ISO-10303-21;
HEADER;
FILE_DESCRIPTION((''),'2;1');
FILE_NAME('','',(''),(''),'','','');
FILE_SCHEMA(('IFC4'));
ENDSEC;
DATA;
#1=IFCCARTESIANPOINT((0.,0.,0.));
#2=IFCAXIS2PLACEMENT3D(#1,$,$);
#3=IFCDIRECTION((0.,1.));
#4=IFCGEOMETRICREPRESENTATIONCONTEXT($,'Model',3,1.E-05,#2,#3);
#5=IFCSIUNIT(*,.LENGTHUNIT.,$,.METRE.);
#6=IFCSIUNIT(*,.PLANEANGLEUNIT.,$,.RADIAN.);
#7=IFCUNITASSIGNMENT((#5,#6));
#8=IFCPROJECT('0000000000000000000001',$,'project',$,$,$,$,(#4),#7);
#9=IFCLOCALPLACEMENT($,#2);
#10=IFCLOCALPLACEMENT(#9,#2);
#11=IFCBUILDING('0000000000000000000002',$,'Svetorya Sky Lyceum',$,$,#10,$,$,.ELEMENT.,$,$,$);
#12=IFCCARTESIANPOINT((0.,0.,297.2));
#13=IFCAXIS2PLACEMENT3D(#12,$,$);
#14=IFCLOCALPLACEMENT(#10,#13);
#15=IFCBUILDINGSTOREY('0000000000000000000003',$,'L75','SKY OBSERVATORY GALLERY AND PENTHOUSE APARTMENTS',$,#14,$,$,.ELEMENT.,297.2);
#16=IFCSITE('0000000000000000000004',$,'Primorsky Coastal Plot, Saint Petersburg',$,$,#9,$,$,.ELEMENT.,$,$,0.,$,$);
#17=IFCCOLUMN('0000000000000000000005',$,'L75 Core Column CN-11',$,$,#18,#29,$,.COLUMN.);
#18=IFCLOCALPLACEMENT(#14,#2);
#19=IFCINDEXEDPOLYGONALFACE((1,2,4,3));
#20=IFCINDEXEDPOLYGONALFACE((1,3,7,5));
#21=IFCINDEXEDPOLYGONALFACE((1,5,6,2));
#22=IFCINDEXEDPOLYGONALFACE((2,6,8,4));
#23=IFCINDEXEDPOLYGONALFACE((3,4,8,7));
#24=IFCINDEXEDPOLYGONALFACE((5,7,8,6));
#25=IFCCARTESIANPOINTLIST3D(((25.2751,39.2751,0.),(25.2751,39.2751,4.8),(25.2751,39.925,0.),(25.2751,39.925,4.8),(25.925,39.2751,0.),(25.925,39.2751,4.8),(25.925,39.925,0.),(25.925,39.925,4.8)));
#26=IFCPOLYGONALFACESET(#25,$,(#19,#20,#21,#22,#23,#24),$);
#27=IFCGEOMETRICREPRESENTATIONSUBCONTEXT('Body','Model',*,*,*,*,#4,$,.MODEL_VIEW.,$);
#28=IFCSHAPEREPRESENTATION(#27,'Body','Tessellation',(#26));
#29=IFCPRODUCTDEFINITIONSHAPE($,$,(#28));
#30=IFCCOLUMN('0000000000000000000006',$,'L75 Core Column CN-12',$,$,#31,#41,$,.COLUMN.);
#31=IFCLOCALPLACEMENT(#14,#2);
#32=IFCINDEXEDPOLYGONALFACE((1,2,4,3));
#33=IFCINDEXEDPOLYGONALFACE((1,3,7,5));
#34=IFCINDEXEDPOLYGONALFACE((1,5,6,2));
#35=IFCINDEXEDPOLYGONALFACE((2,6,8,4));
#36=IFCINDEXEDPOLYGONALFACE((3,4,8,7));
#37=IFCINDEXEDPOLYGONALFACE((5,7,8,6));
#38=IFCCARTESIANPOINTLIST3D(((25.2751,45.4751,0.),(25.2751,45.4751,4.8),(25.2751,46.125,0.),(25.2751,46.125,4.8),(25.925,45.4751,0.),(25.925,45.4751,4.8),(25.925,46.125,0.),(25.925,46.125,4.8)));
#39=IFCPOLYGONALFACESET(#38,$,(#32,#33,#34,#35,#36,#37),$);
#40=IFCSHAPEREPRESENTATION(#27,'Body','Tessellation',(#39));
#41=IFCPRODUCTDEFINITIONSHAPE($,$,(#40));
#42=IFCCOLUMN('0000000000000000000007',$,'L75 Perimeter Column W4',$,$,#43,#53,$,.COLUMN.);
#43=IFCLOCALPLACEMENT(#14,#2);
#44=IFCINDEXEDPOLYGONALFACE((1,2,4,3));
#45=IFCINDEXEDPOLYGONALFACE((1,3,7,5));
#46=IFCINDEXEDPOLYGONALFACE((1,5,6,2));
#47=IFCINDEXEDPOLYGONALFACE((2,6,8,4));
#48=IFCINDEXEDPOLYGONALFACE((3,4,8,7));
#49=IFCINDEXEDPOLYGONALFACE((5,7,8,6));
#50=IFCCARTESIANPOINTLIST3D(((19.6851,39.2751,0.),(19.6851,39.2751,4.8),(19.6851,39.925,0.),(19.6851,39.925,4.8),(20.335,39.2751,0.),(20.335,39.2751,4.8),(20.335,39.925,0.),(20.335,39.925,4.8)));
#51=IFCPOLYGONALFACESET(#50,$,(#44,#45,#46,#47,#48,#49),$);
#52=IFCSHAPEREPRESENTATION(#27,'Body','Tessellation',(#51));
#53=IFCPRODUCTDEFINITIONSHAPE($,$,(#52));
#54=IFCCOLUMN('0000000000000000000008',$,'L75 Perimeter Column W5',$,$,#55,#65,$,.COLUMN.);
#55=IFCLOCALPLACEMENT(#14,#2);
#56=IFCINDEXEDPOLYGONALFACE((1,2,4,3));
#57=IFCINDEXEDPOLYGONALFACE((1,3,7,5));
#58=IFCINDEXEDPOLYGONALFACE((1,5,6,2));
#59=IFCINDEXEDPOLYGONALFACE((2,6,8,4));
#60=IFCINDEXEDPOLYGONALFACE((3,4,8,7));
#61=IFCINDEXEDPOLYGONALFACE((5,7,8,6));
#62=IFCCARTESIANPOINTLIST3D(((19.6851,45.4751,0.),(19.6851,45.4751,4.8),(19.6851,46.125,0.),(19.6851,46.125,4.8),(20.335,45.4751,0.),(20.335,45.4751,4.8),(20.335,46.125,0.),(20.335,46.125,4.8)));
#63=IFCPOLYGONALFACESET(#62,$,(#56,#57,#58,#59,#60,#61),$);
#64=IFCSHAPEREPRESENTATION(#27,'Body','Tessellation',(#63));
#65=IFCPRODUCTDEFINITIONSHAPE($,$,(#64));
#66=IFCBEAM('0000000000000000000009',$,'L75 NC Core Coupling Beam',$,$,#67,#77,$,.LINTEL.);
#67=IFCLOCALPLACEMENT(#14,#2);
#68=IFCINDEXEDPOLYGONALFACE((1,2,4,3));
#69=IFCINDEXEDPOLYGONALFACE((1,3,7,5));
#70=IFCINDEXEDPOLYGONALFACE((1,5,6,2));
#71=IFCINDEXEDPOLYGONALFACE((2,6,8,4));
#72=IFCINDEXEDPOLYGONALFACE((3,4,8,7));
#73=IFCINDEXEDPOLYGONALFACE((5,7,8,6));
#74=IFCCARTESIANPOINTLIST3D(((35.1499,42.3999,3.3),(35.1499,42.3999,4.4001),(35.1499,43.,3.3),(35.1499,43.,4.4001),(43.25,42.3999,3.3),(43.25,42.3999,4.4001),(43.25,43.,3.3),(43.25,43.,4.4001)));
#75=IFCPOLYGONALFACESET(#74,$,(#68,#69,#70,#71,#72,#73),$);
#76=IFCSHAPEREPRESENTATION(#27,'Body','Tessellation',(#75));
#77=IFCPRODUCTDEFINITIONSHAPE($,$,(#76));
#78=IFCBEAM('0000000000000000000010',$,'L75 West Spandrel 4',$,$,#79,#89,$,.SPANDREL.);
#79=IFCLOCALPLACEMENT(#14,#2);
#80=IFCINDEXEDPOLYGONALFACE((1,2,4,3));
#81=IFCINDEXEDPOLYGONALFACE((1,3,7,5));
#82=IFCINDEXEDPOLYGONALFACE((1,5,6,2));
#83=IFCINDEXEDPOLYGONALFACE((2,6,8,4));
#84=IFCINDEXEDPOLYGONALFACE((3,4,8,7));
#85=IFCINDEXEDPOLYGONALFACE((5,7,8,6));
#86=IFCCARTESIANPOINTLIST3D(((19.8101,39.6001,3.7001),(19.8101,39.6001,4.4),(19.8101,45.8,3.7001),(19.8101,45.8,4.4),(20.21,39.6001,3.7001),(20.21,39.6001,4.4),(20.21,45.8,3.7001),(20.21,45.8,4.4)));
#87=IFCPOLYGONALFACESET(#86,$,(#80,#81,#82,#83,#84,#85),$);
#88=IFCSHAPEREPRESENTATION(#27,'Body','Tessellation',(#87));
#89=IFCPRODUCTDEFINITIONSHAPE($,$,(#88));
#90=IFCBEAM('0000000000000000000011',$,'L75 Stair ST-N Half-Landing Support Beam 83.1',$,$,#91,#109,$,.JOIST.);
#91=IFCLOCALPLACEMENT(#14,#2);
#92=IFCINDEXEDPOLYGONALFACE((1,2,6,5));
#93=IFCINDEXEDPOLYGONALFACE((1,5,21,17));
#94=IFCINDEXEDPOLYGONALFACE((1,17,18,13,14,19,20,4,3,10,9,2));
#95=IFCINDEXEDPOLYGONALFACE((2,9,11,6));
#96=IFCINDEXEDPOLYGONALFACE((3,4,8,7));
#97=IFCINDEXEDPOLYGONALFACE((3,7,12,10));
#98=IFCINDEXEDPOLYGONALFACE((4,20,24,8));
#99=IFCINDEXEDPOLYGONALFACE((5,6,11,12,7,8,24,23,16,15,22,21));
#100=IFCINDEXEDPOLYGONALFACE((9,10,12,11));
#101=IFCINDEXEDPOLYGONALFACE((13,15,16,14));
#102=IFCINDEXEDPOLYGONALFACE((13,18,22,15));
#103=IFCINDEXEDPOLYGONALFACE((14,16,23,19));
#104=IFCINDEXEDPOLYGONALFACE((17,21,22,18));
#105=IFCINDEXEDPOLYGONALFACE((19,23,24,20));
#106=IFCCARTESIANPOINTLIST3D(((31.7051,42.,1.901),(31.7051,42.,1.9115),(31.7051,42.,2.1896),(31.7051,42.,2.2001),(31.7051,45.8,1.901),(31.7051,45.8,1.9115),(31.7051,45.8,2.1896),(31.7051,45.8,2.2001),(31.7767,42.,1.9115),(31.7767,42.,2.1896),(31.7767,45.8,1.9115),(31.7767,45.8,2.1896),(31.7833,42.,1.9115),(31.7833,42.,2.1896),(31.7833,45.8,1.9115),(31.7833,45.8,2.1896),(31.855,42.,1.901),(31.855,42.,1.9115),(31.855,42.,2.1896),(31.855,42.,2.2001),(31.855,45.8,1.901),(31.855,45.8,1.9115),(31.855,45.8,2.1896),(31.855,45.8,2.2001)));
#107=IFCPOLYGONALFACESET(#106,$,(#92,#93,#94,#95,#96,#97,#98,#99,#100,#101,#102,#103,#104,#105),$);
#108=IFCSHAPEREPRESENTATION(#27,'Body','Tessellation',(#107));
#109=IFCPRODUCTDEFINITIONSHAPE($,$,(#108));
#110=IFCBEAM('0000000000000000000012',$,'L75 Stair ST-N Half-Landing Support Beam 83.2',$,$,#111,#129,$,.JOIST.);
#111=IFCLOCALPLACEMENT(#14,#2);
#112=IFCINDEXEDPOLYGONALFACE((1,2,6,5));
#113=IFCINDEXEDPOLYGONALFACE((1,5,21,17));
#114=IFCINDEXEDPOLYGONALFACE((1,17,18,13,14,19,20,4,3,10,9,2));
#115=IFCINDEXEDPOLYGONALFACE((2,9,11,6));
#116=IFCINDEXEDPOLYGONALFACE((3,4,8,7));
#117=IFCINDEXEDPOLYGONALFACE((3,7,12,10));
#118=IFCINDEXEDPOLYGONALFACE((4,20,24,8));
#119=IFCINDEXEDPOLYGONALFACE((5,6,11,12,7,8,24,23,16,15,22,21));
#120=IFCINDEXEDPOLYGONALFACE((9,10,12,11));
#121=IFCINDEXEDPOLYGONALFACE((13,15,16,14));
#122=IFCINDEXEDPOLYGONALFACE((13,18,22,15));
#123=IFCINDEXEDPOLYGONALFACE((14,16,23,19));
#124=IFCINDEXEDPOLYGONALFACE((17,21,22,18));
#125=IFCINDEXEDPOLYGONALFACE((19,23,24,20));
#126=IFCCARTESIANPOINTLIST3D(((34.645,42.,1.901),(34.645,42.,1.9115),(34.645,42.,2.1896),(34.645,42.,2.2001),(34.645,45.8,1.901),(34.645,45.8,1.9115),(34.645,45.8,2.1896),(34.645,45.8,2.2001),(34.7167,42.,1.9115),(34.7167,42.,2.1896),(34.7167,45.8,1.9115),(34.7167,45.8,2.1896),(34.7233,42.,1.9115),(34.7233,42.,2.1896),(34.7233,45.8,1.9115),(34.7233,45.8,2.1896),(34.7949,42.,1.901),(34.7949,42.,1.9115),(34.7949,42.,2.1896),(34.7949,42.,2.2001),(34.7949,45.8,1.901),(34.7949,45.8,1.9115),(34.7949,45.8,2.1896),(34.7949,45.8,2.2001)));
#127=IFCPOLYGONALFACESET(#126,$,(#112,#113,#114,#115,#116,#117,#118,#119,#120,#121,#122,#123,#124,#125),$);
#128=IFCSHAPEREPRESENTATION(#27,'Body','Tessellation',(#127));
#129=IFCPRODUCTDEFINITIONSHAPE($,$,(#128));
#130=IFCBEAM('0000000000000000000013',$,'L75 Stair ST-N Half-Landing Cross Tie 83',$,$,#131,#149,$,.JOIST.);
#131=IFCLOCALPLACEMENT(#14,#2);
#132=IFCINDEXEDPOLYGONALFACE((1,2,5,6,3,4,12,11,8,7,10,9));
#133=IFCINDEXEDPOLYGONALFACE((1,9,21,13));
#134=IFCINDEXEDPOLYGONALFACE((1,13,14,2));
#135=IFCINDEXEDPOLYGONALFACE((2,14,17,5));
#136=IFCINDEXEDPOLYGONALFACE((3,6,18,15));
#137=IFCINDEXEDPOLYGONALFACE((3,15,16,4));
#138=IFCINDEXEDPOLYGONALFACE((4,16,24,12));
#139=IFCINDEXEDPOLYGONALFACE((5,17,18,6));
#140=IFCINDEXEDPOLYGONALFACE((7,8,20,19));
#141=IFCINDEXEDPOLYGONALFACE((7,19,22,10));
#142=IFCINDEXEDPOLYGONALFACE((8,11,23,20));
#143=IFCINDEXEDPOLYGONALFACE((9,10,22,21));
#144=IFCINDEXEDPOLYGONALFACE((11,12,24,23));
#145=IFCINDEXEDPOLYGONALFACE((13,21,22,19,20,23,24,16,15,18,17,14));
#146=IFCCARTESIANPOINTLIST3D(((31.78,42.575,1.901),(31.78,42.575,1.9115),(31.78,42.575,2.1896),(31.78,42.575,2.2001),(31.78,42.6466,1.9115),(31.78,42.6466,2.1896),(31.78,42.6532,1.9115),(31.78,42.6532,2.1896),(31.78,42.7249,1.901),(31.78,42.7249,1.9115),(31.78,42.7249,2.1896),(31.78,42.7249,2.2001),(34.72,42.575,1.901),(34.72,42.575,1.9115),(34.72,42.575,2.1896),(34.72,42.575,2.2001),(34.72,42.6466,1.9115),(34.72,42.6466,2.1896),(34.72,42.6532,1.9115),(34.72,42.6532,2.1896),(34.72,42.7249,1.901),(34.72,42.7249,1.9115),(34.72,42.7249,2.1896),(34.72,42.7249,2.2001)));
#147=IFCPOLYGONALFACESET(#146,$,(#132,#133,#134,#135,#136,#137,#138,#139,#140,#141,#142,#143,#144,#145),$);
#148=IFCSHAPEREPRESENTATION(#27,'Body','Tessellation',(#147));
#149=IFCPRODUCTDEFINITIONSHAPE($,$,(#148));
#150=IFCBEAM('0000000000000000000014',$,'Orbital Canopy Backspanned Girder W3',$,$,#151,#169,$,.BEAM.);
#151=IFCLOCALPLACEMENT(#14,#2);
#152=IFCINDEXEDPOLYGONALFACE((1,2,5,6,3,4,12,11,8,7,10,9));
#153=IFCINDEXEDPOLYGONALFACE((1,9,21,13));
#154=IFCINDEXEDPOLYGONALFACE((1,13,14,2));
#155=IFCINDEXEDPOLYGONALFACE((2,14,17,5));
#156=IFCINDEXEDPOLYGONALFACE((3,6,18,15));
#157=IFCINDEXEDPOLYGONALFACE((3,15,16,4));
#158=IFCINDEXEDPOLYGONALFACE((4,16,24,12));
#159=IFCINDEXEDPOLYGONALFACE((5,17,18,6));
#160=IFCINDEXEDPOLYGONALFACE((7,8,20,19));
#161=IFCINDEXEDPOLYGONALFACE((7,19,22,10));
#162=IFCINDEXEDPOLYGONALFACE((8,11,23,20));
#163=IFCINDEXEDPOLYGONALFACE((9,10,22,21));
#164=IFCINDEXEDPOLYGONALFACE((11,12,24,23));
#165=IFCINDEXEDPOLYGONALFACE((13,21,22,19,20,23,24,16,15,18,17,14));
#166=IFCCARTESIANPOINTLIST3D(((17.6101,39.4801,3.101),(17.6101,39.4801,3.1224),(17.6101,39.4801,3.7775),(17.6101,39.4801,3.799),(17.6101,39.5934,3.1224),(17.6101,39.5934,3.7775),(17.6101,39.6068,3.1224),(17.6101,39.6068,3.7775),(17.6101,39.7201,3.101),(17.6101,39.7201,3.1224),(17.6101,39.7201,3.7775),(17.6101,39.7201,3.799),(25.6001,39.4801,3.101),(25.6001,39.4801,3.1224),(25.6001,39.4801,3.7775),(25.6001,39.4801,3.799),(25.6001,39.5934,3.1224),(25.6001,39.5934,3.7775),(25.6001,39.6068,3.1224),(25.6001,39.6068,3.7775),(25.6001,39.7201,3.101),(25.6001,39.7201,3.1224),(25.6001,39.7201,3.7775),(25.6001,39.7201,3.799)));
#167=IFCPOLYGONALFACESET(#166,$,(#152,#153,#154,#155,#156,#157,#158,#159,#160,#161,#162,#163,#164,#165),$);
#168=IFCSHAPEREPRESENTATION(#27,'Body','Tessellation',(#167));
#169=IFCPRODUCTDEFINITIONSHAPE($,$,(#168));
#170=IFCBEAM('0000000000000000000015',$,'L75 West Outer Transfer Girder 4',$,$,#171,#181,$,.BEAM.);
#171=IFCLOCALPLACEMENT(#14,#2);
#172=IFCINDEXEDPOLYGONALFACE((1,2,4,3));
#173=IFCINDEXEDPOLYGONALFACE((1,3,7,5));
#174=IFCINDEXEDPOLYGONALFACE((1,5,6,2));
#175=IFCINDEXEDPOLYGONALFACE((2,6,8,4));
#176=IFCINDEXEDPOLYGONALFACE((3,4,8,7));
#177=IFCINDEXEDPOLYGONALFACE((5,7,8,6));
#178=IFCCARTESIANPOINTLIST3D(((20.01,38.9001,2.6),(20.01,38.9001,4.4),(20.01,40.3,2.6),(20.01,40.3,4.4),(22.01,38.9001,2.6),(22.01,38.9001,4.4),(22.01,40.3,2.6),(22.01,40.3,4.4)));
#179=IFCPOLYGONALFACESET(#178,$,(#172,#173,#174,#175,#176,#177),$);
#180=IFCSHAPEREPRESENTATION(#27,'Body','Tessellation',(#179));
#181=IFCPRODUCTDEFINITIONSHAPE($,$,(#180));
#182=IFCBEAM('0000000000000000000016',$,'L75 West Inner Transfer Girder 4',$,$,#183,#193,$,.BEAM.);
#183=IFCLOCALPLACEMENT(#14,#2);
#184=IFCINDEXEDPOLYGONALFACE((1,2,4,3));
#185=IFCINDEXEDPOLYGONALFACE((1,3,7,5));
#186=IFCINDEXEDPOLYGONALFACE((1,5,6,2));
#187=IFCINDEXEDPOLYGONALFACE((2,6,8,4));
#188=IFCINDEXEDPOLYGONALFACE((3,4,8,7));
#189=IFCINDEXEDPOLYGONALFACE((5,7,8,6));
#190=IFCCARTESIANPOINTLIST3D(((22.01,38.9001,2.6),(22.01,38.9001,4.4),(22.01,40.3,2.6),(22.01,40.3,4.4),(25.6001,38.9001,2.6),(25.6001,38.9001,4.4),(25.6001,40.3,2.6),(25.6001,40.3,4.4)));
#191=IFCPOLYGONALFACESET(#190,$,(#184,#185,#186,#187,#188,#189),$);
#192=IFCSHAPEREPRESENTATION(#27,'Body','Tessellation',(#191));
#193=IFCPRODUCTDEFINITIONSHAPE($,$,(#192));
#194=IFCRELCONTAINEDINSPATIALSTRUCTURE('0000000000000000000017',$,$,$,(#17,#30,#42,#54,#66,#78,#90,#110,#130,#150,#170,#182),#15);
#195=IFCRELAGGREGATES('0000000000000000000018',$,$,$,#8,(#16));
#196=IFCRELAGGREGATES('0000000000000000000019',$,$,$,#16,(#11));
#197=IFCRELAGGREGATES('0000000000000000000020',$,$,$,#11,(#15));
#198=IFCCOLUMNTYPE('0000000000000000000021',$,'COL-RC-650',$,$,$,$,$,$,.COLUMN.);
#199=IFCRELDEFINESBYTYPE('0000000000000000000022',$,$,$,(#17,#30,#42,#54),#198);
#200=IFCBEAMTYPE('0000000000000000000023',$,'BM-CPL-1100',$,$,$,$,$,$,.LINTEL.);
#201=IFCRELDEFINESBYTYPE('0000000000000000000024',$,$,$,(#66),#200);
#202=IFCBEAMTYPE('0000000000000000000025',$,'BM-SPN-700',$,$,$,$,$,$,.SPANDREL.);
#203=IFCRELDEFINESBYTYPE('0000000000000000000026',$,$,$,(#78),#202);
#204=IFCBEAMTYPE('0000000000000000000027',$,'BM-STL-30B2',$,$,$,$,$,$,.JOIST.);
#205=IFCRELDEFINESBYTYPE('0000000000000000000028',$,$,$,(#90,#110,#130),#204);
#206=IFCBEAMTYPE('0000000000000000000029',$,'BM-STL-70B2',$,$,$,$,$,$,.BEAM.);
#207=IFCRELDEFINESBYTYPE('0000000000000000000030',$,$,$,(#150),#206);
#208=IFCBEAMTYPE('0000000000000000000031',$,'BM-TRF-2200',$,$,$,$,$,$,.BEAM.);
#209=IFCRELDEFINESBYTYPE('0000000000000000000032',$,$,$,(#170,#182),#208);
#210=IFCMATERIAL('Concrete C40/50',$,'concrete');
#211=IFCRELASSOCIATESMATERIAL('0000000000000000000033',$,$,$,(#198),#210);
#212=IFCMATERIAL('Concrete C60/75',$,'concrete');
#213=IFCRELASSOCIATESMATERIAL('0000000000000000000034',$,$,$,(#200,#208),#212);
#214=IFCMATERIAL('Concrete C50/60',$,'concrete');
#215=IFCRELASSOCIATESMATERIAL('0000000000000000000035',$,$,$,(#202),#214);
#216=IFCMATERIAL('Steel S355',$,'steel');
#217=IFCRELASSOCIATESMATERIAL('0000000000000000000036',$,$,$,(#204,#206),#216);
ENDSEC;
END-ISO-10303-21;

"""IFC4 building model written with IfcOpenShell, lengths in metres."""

from ifc_helpers import new_model, si_unit, direction, frame, origin, origin_2d, place, context, subcontext, project, spatial, rectangle, i_section, extrude, material, material_profile, profile_set, type_object, element, save


model = new_model("IFC4")

# Units and contexts
model_context = context("Model", 3, precision=1e-05, world=origin(), true_north=direction((0.0, 1.0)))
body_context = subcontext(model_context, "Body", "Model", "MODEL_VIEW")
ifc_project = project(units=[si_unit("LENGTHUNIT", "METRE"), si_unit("PLANEANGLEUNIT", "RADIAN")], contexts=[model_context])

# Site, building, storey
site_placement = place(None, origin())
site = spatial("IfcSite", under=ifc_project, at=site_placement, Name="Primorsky Coastal Plot, Saint Petersburg", CompositionType="ELEMENT", RefElevation=0.0)
building_placement = place(site_placement, origin())
building = spatial("IfcBuilding", under=site, at=building_placement, Name="Svetorya Sky Lyceum", CompositionType="ELEMENT")
storey_placement = place(building_placement, frame((0.0, 0.0, 297.2)))
storey = spatial("IfcBuildingStorey", under=building, at=storey_placement, Name="L75", Description="SKY OBSERVATORY GALLERY AND PENTHOUSE APARTMENTS", CompositionType="ELEMENT", Elevation=297.2)

# Columns
ifc_material_1 = material(Name="Concrete C40/50", Category="concrete")
ifc_material_profile_1 = material_profile(ifc_material_1, rectangle(XDim=0.6499, YDim=0.6499, at=origin_2d()), Name="RC COL 650x650")
ifc_profile_set_1 = profile_set([ifc_material_profile_1], Name="Concrete C40/50")
column_type = type_object("IfcColumnType", Name="COL-RC-650", PredefinedType="COLUMN", material=ifc_profile_set_1)
for number, where, z_axis, x_axis, name in (
    (1, (25.6001, 39.6001, 0.0), (0.0, 0.0, 1.0), (1.0, 0.0, 0.0), "L75 Core Column CN-11"),
    (2, (25.6001, 45.8, 0.0), (0.0, 0.0, 1.0), (1.0, 0.0, 0.0), "L75 Core Column CN-12"),
    (3, (20.01, 39.6001, 0.0), (0.0, 0.0, 1.0), (1.0, 0.0, 0.0), "L75 Perimeter Column W4"),
    (4, (20.01, 45.8, 0.0), (0.0, 0.0, 1.0), (1.0, 0.0, 0.0), "L75 Perimeter Column W5"),
):
    element("IfcColumn", number, at=place(storey_placement, frame(where, z_axis=z_axis, x_axis=x_axis)), inside=storey, type_object=column_type, Name=name, PredefinedType="COLUMN", context=body_context, shape_type="SweptSolid", body=[
        extrude(rectangle(XDim=0.6499, YDim=0.6499, at=origin_2d()), origin(), (0.0, 0.0, 1.0), 4.8),
    ])

# Beams
ifc_material_2 = material(Name="Concrete C60/75", Category="concrete")
ifc_material_profile_2 = material_profile(ifc_material_2, rectangle(XDim=0.6001, YDim=1.1001, at=origin_2d()), Name="RC COUPLING 600x1100")
ifc_profile_set_2 = profile_set([ifc_material_profile_2], Name="Concrete C60/75")
beam_type_1 = type_object("IfcBeamType", Name="BM-CPL-1100", PredefinedType="LINTEL", material=ifc_profile_set_2)
beam_1_placement = place(storey_placement, frame((35.1499, 42.7, 3.8501), z_axis=(1.0, 0.0, 0.0), x_axis=(0.0, 1.0, 0.0)))
element("IfcBeam", 5, at=beam_1_placement, inside=storey, type_object=beam_type_1, Name="L75 NC Core Coupling Beam", PredefinedType="LINTEL", context=body_context, shape_type="SweptSolid", body=[
    extrude(rectangle(XDim=0.6001, YDim=1.1001, at=origin_2d()), origin(), (0.0, 0.0, 1.0), 8.1001),
])
ifc_material_3 = material(Name="Concrete C50/60", Category="concrete")
ifc_material_profile_3 = material_profile(ifc_material_3, rectangle(XDim=0.3999, YDim=0.7, at=origin_2d()), Name="RC SPANDREL 400x700")
ifc_profile_set_3 = profile_set([ifc_material_profile_3], Name="Concrete C50/60")
beam_type_2 = type_object("IfcBeamType", Name="BM-SPN-700", PredefinedType="SPANDREL", material=ifc_profile_set_3)
beam_2_placement = place(storey_placement, frame((20.01, 39.6001, 4.05), z_axis=(0.0, 1.0, 0.0), x_axis=(-1.0, 0.0, 0.0)))
element("IfcBeam", 6, at=beam_2_placement, inside=storey, type_object=beam_type_2, Name="L75 West Spandrel 4", PredefinedType="SPANDREL", context=body_context, shape_type="SweptSolid", body=[
    extrude(rectangle(XDim=0.3999, YDim=0.7, at=origin_2d()), origin(), (0.0, 0.0, 1.0), 6.2),
])
ifc_material_4 = material(Name="Steel S355", Category="steel")
ifc_material_profile_4 = material_profile(ifc_material_4, i_section(OverallWidth=0.1499, OverallDepth=0.2991, WebThickness=0.0066, FlangeThickness=0.0105, at=origin_2d()), Name="GOST 30B2")
ifc_profile_set_4 = profile_set([ifc_material_profile_4], Name="Steel S355")
beam_type_3 = type_object("IfcBeamType", Name="BM-STL-30B2", PredefinedType="JOIST", material=ifc_profile_set_4)
for number, where, z_axis, x_axis, name in (
    (7, (31.78, 42.0, 2.0505), (0.0, 1.0, 0.0), (-1.0, 0.0, 0.0), "L75 Stair ST-N Half-Landing Support Beam 83.1"),
    (8, (34.72, 42.0, 2.0505), (0.0, 1.0, 0.0), (-1.0, 0.0, 0.0), "L75 Stair ST-N Half-Landing Support Beam 83.2"),
):
    element("IfcBeam", number, at=place(storey_placement, frame(where, z_axis=z_axis, x_axis=x_axis)), inside=storey, type_object=beam_type_3, Name=name, PredefinedType="JOIST", context=body_context, shape_type="SweptSolid", body=[
        extrude(i_section(OverallWidth=0.1499, OverallDepth=0.2991, WebThickness=0.0066, FlangeThickness=0.0105, at=origin_2d()), origin(), (0.0, 0.0, 1.0), 3.8),
    ])
beam_3_placement = place(storey_placement, frame((31.78, 42.6499, 2.0505), z_axis=(1.0, 0.0, 0.0), x_axis=(0.0, 1.0, 0.0)))
element("IfcBeam", 9, at=beam_3_placement, inside=storey, type_object=beam_type_3, Name="L75 Stair ST-N Half-Landing Cross Tie 83", PredefinedType="JOIST", context=body_context, shape_type="SweptSolid", body=[
    extrude(i_section(OverallWidth=0.1499, OverallDepth=0.2991, WebThickness=0.0066, FlangeThickness=0.0105, at=origin_2d()), origin(), (0.0, 0.0, 1.0), 2.9399),
])
ifc_material_profile_5 = material_profile(ifc_material_4, i_section(OverallWidth=0.24, OverallDepth=0.698, WebThickness=0.0134, FlangeThickness=0.0215, at=origin_2d()), Name="GOST 70B2")
ifc_profile_set_5 = profile_set([ifc_material_profile_5], Name="Steel S355")
beam_type_4 = type_object("IfcBeamType", Name="BM-STL-70B2", PredefinedType="BEAM", material=ifc_profile_set_5)
beam_4_placement = place(storey_placement, frame((25.6001, 39.6001, 3.45), z_axis=(-1.0, 0.0, 0.0), x_axis=(0.0, -1.0, 0.0)))
element("IfcBeam", 10, at=beam_4_placement, inside=storey, type_object=beam_type_4, Name="Orbital Canopy Backspanned Girder W3", PredefinedType="BEAM", context=body_context, shape_type="SweptSolid", body=[
    extrude(i_section(OverallWidth=0.24, OverallDepth=0.698, WebThickness=0.0134, FlangeThickness=0.0215, at=origin_2d()), origin(), (0.0, 0.0, 1.0), 7.99),
])
ifc_material_profile_6 = material_profile(ifc_material_2, rectangle(XDim=1.3999, YDim=1.8, at=origin_2d()), Name="RC TRANSFER 1400x1800")
ifc_profile_set_6 = profile_set([ifc_material_profile_6], Name="Concrete C60/75")
beam_type_5 = type_object("IfcBeamType", Name="BM-TRF-2200", PredefinedType="BEAM", material=ifc_profile_set_6)
beam_5_placement = place(storey_placement, frame((20.01, 39.6001, 3.5), z_axis=(1.0, 0.0, 0.0), x_axis=(0.0, 1.0, 0.0)))
element("IfcBeam", 11, at=beam_5_placement, inside=storey, type_object=beam_type_5, Name="L75 West Outer Transfer Girder 4", PredefinedType="BEAM", context=body_context, shape_type="SweptSolid", body=[
    extrude(rectangle(XDim=1.3999, YDim=1.8, at=origin_2d()), origin(), (0.0, 0.0, 1.0), 2.0),
])
beam_6_placement = place(storey_placement, frame((22.01, 39.6001, 3.5), z_axis=(1.0, 0.0, 0.0), x_axis=(0.0, 1.0, 0.0)))
element("IfcBeam", 12, at=beam_6_placement, inside=storey, type_object=beam_type_5, Name="L75 West Inner Transfer Girder 4", PredefinedType="BEAM", context=body_context, shape_type="SweptSolid", body=[
    extrude(rectangle(XDim=1.3999, YDim=1.8, at=origin_2d()), origin(), (0.0, 0.0, 1.0), 3.5901),
])

save(model, "model.ifc")
